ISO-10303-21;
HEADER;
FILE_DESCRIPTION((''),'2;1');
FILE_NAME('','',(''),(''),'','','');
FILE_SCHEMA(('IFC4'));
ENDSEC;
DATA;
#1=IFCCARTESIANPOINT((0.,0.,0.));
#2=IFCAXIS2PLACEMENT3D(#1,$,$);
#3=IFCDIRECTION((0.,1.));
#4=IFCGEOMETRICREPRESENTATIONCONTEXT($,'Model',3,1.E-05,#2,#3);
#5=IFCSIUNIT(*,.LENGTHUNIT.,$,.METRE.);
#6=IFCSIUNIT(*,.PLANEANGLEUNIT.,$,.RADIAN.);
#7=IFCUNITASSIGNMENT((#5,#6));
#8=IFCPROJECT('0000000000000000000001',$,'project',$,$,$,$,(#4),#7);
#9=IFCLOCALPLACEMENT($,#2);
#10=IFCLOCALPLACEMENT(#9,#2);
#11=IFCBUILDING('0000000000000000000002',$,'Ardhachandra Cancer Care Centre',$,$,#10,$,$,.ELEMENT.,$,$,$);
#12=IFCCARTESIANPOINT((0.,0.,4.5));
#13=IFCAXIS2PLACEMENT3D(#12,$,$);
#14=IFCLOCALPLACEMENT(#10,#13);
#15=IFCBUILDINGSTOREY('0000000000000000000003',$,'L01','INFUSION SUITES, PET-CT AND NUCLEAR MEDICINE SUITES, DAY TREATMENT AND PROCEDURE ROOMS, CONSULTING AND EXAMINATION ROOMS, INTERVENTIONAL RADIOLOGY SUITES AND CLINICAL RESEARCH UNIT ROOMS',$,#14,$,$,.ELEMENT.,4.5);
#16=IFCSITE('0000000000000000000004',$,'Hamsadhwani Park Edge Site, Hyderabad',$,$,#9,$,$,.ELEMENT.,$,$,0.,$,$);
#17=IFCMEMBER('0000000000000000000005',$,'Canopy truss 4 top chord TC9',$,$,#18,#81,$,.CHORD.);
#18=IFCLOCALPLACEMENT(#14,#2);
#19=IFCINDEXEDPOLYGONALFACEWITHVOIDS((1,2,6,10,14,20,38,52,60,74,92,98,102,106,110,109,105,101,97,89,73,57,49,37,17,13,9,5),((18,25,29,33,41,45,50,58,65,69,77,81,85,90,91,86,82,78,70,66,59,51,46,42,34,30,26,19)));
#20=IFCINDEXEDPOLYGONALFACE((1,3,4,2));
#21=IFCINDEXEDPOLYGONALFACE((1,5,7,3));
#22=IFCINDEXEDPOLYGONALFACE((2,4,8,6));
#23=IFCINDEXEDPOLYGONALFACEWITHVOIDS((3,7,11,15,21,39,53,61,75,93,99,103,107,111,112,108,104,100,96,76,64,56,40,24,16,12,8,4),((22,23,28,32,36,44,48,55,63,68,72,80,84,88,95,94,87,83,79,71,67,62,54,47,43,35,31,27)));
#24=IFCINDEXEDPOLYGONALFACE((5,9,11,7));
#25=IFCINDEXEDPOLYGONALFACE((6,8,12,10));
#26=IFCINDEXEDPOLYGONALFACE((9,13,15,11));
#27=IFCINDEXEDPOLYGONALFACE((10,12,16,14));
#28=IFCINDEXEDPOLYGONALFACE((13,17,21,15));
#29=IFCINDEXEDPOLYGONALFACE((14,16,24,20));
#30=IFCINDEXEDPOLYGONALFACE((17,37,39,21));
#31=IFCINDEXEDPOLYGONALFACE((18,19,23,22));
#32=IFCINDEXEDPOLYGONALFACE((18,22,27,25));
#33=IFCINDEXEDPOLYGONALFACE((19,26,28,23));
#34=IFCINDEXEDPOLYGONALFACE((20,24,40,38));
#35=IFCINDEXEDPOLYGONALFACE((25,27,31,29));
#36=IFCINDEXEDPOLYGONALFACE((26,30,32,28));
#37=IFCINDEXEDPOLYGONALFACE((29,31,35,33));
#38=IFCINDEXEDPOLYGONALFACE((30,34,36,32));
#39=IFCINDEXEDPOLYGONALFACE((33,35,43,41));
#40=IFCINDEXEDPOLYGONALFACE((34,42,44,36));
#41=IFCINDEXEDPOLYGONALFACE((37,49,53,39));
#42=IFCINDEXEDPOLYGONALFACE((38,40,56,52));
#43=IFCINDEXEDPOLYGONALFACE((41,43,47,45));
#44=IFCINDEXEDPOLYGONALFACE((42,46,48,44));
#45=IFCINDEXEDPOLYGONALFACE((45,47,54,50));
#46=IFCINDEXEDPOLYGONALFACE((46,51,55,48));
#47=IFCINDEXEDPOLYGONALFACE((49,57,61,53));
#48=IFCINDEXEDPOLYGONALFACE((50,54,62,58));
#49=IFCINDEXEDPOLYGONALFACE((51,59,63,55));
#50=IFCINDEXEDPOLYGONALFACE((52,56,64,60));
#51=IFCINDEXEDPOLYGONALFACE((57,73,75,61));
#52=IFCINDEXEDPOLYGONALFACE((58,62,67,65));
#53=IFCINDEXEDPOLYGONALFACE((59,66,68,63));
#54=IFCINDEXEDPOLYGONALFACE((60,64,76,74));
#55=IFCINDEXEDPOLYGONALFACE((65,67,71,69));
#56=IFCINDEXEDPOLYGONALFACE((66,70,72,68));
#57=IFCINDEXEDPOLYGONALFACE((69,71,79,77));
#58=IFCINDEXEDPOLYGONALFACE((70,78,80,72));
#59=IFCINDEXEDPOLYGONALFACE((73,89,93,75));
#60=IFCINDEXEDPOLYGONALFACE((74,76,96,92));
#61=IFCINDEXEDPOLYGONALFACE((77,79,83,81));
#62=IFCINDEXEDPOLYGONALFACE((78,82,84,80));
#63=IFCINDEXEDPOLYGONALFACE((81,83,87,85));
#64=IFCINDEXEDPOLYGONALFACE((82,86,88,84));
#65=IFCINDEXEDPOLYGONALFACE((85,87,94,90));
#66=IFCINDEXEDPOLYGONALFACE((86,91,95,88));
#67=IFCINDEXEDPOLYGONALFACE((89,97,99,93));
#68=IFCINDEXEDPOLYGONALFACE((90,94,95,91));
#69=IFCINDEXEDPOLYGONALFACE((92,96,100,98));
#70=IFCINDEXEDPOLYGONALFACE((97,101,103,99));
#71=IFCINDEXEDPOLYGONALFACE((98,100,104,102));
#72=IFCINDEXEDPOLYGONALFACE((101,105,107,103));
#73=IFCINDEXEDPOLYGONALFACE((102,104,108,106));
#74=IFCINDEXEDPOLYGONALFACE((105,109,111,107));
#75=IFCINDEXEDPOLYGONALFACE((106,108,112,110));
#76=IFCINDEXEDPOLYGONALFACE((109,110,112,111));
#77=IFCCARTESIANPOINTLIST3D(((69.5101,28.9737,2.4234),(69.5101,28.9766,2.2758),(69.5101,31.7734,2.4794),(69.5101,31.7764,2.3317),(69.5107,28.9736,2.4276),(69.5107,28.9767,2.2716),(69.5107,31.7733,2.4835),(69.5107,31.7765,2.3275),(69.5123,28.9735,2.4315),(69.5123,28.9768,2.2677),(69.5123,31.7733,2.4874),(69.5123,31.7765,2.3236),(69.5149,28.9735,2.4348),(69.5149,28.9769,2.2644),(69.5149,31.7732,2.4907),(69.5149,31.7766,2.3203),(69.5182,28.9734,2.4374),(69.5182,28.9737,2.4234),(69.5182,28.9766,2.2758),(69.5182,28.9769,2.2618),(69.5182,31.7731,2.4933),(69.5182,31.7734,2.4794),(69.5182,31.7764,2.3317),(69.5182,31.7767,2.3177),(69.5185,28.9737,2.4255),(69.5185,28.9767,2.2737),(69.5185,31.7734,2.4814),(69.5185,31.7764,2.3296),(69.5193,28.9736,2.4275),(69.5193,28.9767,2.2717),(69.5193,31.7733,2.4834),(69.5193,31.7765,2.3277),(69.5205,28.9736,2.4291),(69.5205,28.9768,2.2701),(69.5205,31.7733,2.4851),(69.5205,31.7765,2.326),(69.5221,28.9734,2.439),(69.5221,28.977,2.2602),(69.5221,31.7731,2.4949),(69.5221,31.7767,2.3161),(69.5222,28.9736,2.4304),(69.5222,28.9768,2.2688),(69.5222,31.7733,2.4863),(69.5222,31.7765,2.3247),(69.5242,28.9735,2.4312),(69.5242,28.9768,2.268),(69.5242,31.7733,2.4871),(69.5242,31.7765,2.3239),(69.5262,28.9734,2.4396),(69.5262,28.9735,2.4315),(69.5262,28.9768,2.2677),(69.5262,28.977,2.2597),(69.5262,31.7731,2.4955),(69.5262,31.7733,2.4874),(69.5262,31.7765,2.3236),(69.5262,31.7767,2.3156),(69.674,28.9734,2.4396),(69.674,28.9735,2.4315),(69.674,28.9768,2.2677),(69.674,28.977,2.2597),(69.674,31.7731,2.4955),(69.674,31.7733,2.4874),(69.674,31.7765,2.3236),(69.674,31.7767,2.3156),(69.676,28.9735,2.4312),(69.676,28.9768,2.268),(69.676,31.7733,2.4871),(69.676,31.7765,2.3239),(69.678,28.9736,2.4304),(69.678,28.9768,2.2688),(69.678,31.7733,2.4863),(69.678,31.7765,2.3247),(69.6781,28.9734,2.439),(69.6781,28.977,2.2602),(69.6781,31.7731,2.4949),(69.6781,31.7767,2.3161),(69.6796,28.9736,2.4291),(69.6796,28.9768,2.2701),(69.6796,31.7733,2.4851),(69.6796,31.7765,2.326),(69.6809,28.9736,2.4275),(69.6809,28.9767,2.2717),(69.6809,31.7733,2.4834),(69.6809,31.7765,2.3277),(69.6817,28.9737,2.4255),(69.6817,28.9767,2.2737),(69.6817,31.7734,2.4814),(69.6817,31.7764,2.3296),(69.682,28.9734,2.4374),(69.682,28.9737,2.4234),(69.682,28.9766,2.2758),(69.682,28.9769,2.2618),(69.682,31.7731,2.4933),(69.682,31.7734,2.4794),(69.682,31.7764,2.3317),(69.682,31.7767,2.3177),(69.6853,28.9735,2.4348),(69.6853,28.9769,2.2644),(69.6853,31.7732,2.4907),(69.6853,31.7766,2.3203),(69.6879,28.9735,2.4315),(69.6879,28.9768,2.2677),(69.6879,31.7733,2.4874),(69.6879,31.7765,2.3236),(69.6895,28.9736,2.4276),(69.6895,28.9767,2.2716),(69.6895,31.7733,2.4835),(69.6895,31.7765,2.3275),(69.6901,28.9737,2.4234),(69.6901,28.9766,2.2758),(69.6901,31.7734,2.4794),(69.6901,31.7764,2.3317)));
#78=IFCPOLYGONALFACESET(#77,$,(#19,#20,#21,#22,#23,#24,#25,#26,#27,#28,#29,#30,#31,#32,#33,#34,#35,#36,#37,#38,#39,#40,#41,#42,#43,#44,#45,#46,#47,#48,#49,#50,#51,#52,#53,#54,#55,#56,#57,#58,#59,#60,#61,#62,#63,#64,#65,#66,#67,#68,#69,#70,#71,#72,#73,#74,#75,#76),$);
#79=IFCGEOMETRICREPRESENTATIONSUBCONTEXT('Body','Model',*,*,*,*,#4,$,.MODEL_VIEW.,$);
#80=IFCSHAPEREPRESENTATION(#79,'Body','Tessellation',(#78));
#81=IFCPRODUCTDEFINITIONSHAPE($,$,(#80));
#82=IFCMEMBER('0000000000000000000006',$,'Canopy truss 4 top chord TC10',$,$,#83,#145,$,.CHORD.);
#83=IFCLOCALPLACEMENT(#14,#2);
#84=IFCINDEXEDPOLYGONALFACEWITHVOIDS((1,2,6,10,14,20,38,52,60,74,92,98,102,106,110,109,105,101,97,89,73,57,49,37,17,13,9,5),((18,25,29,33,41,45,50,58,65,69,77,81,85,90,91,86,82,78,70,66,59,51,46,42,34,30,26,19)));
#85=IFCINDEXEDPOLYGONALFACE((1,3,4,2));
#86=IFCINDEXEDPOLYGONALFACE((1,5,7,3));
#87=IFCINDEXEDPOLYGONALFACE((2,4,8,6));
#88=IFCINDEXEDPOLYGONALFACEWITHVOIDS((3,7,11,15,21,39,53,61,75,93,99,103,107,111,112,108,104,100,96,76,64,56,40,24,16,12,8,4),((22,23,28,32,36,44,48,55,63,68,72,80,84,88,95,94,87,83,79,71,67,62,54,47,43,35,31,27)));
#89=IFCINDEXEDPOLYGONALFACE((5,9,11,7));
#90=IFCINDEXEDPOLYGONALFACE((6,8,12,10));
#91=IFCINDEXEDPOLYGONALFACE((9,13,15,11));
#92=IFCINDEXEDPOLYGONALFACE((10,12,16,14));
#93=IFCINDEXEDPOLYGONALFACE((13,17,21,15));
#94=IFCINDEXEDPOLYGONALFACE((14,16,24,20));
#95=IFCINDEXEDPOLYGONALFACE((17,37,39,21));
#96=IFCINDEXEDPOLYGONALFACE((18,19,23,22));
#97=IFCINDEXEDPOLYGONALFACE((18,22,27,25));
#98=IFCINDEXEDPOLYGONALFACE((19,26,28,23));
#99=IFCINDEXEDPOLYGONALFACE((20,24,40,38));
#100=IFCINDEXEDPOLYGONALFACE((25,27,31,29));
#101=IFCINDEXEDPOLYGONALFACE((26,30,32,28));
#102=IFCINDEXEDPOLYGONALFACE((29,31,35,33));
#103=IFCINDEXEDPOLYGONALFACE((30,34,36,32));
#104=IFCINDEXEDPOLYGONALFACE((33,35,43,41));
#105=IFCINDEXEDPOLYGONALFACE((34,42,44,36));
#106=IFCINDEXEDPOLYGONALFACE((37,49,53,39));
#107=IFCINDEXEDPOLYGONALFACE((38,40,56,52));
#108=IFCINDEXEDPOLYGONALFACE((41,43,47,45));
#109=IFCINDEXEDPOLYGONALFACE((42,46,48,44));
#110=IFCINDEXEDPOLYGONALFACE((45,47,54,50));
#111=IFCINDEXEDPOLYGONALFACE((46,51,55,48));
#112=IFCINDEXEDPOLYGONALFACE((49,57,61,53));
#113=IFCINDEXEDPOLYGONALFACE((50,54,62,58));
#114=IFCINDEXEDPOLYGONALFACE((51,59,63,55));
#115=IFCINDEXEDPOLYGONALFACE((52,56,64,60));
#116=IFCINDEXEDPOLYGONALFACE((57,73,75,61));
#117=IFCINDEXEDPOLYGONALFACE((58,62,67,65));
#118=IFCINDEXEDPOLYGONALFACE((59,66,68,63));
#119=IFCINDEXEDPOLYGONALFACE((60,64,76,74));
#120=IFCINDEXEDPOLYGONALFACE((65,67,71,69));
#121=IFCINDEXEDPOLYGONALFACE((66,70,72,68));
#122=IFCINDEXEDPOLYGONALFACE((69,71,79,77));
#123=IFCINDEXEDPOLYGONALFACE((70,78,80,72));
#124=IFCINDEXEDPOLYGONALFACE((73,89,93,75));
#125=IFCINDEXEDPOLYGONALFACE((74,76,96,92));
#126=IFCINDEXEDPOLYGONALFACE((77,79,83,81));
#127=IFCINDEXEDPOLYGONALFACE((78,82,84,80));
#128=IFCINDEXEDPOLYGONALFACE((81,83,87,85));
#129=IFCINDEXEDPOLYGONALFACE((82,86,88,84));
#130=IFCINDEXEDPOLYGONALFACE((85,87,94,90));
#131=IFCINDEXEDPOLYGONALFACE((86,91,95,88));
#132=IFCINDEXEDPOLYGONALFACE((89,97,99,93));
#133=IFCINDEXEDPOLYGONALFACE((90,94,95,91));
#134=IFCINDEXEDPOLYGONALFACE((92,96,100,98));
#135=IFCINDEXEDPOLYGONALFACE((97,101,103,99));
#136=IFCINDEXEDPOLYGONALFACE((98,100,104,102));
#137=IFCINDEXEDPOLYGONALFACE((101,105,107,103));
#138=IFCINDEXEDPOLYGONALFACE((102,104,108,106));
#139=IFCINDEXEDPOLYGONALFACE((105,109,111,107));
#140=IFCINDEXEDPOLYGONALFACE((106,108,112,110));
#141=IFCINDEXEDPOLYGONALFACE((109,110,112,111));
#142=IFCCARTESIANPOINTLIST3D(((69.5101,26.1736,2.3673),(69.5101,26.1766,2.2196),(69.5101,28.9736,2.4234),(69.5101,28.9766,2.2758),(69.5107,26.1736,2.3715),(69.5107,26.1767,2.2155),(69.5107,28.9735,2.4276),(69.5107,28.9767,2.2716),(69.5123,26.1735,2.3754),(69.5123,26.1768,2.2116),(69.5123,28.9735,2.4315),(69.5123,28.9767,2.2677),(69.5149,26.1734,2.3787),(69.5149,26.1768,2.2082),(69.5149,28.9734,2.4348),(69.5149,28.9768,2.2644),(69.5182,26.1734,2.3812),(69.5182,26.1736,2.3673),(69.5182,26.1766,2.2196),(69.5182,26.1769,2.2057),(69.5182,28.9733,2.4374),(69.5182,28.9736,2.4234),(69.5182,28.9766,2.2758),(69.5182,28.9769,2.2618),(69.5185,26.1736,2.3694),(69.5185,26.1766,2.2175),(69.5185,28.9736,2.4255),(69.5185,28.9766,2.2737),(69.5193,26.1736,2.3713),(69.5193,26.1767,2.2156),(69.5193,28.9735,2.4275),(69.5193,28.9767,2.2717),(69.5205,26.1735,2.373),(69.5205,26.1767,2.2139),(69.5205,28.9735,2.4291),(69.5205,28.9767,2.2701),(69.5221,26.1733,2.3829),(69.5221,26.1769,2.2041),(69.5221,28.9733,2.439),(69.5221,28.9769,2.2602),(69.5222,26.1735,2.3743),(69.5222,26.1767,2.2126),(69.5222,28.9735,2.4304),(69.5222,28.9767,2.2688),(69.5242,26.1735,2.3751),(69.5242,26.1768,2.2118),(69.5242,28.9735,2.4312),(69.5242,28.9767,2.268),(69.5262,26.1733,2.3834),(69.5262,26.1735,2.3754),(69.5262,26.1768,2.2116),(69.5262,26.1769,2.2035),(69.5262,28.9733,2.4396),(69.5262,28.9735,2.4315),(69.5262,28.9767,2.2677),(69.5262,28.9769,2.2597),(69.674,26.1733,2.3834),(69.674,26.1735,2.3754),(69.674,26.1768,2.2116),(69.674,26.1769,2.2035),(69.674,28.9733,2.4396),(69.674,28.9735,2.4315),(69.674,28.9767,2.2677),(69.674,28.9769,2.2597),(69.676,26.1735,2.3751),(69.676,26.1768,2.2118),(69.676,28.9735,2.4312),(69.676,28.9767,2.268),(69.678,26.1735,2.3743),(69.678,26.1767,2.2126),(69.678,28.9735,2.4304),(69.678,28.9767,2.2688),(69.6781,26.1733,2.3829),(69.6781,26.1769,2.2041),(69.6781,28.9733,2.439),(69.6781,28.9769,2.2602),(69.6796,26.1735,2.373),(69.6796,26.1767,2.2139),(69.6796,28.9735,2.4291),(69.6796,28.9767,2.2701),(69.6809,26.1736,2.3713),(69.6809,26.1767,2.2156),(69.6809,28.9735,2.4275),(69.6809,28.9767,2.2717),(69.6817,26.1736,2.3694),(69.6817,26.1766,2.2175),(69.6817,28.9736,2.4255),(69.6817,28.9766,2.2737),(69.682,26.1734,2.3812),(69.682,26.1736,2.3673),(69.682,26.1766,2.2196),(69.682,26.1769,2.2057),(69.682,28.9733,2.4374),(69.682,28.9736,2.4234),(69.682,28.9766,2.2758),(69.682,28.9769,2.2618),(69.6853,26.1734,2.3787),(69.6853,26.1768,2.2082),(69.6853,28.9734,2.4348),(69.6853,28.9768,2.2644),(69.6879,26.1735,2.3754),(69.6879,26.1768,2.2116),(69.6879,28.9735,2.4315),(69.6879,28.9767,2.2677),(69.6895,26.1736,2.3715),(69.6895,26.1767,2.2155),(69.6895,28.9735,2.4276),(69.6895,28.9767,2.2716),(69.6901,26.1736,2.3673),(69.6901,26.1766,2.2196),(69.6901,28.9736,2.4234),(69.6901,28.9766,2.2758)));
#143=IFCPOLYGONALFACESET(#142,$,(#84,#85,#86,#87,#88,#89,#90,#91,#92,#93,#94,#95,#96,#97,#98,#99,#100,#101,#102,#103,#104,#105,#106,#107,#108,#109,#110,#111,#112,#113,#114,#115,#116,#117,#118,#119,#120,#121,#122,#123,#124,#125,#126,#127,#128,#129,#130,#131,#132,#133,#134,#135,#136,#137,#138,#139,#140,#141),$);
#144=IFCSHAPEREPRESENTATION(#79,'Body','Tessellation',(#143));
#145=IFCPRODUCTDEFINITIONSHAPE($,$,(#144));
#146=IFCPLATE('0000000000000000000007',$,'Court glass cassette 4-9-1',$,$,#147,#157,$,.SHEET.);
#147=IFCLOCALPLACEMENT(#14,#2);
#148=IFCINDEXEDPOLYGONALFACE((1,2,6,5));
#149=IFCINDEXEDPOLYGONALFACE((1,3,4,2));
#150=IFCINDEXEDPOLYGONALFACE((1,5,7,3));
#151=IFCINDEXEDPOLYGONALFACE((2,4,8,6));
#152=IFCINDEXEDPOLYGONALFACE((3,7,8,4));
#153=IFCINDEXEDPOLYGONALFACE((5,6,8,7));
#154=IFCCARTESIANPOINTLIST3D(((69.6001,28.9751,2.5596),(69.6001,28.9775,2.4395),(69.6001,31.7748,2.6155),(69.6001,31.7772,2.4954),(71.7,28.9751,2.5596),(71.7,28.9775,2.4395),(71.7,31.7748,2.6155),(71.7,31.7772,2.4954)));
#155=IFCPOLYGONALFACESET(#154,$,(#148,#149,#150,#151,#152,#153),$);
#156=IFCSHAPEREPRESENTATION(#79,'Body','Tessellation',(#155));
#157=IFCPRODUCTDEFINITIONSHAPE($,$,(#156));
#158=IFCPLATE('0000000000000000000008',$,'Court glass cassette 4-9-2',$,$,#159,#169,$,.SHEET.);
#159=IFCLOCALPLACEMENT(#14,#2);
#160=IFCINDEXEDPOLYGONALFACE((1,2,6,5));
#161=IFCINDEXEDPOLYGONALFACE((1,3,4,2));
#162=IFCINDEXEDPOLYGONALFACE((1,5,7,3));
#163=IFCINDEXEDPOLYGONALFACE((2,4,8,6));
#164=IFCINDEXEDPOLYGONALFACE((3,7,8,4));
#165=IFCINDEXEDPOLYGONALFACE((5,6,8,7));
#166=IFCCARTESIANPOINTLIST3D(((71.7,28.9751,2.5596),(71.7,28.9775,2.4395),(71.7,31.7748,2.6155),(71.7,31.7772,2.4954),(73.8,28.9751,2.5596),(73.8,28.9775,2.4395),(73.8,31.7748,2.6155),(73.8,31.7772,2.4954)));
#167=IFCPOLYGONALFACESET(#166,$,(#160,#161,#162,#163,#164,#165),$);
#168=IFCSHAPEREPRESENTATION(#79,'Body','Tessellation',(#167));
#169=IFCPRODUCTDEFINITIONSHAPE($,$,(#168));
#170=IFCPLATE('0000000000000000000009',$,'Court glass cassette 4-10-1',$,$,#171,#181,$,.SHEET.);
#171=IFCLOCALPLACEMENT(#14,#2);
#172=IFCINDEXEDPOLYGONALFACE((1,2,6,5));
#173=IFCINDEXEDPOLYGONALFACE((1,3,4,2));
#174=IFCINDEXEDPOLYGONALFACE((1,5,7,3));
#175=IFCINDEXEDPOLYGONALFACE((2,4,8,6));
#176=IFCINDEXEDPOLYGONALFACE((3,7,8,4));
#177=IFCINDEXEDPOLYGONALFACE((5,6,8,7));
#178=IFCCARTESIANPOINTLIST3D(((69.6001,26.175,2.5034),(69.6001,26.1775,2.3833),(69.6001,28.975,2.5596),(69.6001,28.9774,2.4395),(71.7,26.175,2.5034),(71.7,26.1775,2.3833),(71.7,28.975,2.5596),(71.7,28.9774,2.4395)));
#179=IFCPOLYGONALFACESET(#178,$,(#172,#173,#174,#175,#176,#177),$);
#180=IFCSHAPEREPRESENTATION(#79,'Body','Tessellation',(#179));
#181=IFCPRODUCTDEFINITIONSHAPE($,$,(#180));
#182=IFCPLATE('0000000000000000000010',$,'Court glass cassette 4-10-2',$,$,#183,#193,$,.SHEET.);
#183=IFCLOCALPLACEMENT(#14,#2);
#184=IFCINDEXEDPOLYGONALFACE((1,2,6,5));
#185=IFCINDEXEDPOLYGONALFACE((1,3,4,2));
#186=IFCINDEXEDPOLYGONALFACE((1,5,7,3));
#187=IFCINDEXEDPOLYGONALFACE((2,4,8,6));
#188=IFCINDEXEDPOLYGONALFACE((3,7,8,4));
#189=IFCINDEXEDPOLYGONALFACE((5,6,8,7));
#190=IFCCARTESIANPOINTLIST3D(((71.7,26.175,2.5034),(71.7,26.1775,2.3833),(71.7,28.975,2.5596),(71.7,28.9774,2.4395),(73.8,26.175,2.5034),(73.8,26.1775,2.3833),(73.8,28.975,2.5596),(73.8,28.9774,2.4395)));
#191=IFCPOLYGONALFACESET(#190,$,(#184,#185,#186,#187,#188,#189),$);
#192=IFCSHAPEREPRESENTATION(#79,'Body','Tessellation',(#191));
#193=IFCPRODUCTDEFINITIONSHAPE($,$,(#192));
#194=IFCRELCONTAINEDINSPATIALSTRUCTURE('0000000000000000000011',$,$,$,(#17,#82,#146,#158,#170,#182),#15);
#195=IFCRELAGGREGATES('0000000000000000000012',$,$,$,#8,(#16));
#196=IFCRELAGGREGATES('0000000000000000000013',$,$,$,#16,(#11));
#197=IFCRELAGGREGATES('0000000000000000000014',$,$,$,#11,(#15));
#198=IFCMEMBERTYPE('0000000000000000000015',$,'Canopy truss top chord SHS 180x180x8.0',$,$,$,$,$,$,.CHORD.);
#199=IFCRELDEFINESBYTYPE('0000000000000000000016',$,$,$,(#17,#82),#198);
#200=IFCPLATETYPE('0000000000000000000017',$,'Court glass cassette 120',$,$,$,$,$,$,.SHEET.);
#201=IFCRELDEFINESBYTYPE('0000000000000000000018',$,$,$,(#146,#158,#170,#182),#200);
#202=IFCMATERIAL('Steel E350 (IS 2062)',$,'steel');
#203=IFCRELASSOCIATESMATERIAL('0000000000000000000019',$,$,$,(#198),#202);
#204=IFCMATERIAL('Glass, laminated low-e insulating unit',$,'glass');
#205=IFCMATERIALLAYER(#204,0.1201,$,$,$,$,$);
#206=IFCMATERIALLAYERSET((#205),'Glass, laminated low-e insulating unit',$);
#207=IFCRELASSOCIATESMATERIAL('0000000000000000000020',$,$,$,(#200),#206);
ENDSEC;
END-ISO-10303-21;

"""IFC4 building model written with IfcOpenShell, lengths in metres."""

from ifc_helpers import new_model, si_unit, direction, frame, origin, origin_2d, place, context, subcontext, project, spatial, polyline, hollow_rectangle, outline, extrude, material, layer, layer_set, material_profile, profile_set, type_object, element, save


model = new_model("IFC4")

# Units and contexts
model_context = context("Model", 3, precision=1e-05, world=origin(), true_north=direction((0.0, 1.0)))
body_context = subcontext(model_context, "Body", "Model", "MODEL_VIEW")
ifc_project = project(units=[si_unit("LENGTHUNIT", "METRE"), si_unit("PLANEANGLEUNIT", "RADIAN")], contexts=[model_context])

# Site, building, storey
site_placement = place(None, origin())
site = spatial("IfcSite", under=ifc_project, at=site_placement, Name="Hamsadhwani Park Edge Site, Hyderabad", CompositionType="ELEMENT", RefElevation=0.0)
building_placement = place(site_placement, origin())
building = spatial("IfcBuilding", under=site, at=building_placement, Name="Ardhachandra Cancer Care Centre", CompositionType="ELEMENT")
storey_placement = place(building_placement, frame((0.0, 0.0, 4.5)))
storey = spatial("IfcBuildingStorey", under=building, at=storey_placement, Name="L01", Description="INFUSION SUITES, PET-CT AND NUCLEAR MEDICINE SUITES, DAY TREATMENT AND PROCEDURE ROOMS, CONSULTING AND EXAMINATION ROOMS, INTERVENTIONAL RADIOLOGY SUITES AND CLINICAL RESEARCH UNIT ROOMS", CompositionType="ELEMENT", Elevation=4.5)

# Members
ifc_material_1 = material(Name="Steel E350 (IS 2062)", Category="steel")
ifc_material_profile_1 = material_profile(ifc_material_1, hollow_rectangle(XDim=0.1799, YDim=0.1799, WallThickness=0.0081, InnerFilletRadius=0.0081, OuterFilletRadius=0.0161, at=origin_2d()), Name="SHS 180x180x8.0")
ifc_profile_set_1 = profile_set([ifc_material_profile_1], Name="Steel E350 (IS 2062)")
member_type_1 = type_object("IfcMemberType", Name="Canopy truss top chord SHS 180x180x8.0", PredefinedType="CHORD", material=ifc_profile_set_1)
member_1_placement = place(storey_placement, frame((69.6001, 31.7749, 2.4055), z_axis=(0.0, -0.999801, -0.019965), x_axis=(1.0, 0.0, 0.0)))
element("IfcMember", 1, at=member_1_placement, inside=storey, type_object=member_type_1, Name="Canopy truss 4 top chord TC9", PredefinedType="CHORD", context=body_context, shape_type="SweptSolid", body=[
    extrude(hollow_rectangle(XDim=0.1799, YDim=0.1799, WallThickness=0.0081, InnerFilletRadius=0.0081, OuterFilletRadius=0.0161, at=origin_2d()), origin(), (0.0, 0.0, 1.0), 2.8003),
])
member_2_placement = place(storey_placement, frame((69.6001, 28.9751, 2.3496), z_axis=(0.0, -0.999799, -0.02005), x_axis=(1.0, 0.0, 0.0)))
element("IfcMember", 2, at=member_2_placement, inside=storey, type_object=member_type_1, Name="Canopy truss 4 top chord TC10", PredefinedType="CHORD", context=body_context, shape_type="SweptSolid", body=[
    extrude(hollow_rectangle(XDim=0.1799, YDim=0.1799, WallThickness=0.0081, InnerFilletRadius=0.0081, OuterFilletRadius=0.0161, at=origin_2d()), origin(), (0.0, 0.0, 1.0), 2.8005),
])

# Plates
ifc_material_2 = material(Name="Glass, laminated low-e insulating unit", Category="glass")
ifc_layer = layer(ifc_material_2, 0.1201)
ifc_layer_set = layer_set([ifc_layer], Name="Glass, laminated low-e insulating unit")
plate_type = type_object("IfcPlateType", Name="Court glass cassette 120", PredefinedType="SHEET", material=ifc_layer_set)
plate_1_placement = place(storey_placement, frame((69.6001, 28.9751, 2.5596), z_axis=(0.0, -0.019965, 0.999801), x_axis=(0.0, 0.999801, 0.019965)))
element("IfcPlate", 3, at=plate_1_placement, inside=storey, type_object=plate_type, Name="Court glass cassette 4-9-1", PredefinedType="SHEET", context=body_context, shape_type="SweptSolid", body=[
    extrude(outline(polyline([(0.0, -2.0999), (2.8003, -2.0999), (2.8003, 0.0), (0.0, 0.0), (0.0, -2.0999)])), frame((0.0, 0.0, -0.1201)), (0.0, 0.0, 1.0), 0.1201),
])
plate_2_placement = place(storey_placement, frame((71.7, 28.9751, 2.5596), z_axis=(0.0, -0.019965, 0.999801), x_axis=(0.0, 0.999801, 0.019965)))
element("IfcPlate", 4, at=plate_2_placement, inside=storey, type_object=plate_type, Name="Court glass cassette 4-9-2", PredefinedType="SHEET", context=body_context, shape_type="SweptSolid", body=[
    extrude(outline(polyline([(0.0, -2.1001), (2.8003, -2.1001), (2.8003, 0.0), (0.0, 0.0), (0.0, -2.1001)])), frame((0.0, 0.0, -0.1201)), (0.0, 0.0, 1.0), 0.1201),
])
plate_3_placement = place(storey_placement, frame((69.6001, 26.175, 2.5034), z_axis=(0.0, -0.02005, 0.999799), x_axis=(0.0, 0.999799, 0.02005)))
element("IfcPlate", 5, at=plate_3_placement, inside=storey, type_object=plate_type, Name="Court glass cassette 4-10-1", PredefinedType="SHEET", context=body_context, shape_type="SweptSolid", body=[
    extrude(outline(polyline([(0.0, -2.0999), (2.8005, -2.0999), (2.8005, 0.0), (0.0, 0.0), (0.0, -2.0999)])), frame((0.0, 0.0, -0.1201)), (0.0, 0.0, 1.0), 0.1201),
])
plate_4_placement = place(storey_placement, frame((71.7, 26.175, 2.5034), z_axis=(0.0, -0.02005, 0.999799), x_axis=(0.0, 0.999799, 0.02005)))
element("IfcPlate", 6, at=plate_4_placement, inside=storey, type_object=plate_type, Name="Court glass cassette 4-10-2", PredefinedType="SHEET", context=body_context, shape_type="SweptSolid", body=[
    extrude(outline(polyline([(0.0, -2.1001), (2.8005, -2.1001), (2.8005, 0.0), (0.0, 0.0), (0.0, -2.1001)])), frame((0.0, 0.0, -0.1201)), (0.0, 0.0, 1.0), 0.1201),
])

save(model, "model.ifc")
